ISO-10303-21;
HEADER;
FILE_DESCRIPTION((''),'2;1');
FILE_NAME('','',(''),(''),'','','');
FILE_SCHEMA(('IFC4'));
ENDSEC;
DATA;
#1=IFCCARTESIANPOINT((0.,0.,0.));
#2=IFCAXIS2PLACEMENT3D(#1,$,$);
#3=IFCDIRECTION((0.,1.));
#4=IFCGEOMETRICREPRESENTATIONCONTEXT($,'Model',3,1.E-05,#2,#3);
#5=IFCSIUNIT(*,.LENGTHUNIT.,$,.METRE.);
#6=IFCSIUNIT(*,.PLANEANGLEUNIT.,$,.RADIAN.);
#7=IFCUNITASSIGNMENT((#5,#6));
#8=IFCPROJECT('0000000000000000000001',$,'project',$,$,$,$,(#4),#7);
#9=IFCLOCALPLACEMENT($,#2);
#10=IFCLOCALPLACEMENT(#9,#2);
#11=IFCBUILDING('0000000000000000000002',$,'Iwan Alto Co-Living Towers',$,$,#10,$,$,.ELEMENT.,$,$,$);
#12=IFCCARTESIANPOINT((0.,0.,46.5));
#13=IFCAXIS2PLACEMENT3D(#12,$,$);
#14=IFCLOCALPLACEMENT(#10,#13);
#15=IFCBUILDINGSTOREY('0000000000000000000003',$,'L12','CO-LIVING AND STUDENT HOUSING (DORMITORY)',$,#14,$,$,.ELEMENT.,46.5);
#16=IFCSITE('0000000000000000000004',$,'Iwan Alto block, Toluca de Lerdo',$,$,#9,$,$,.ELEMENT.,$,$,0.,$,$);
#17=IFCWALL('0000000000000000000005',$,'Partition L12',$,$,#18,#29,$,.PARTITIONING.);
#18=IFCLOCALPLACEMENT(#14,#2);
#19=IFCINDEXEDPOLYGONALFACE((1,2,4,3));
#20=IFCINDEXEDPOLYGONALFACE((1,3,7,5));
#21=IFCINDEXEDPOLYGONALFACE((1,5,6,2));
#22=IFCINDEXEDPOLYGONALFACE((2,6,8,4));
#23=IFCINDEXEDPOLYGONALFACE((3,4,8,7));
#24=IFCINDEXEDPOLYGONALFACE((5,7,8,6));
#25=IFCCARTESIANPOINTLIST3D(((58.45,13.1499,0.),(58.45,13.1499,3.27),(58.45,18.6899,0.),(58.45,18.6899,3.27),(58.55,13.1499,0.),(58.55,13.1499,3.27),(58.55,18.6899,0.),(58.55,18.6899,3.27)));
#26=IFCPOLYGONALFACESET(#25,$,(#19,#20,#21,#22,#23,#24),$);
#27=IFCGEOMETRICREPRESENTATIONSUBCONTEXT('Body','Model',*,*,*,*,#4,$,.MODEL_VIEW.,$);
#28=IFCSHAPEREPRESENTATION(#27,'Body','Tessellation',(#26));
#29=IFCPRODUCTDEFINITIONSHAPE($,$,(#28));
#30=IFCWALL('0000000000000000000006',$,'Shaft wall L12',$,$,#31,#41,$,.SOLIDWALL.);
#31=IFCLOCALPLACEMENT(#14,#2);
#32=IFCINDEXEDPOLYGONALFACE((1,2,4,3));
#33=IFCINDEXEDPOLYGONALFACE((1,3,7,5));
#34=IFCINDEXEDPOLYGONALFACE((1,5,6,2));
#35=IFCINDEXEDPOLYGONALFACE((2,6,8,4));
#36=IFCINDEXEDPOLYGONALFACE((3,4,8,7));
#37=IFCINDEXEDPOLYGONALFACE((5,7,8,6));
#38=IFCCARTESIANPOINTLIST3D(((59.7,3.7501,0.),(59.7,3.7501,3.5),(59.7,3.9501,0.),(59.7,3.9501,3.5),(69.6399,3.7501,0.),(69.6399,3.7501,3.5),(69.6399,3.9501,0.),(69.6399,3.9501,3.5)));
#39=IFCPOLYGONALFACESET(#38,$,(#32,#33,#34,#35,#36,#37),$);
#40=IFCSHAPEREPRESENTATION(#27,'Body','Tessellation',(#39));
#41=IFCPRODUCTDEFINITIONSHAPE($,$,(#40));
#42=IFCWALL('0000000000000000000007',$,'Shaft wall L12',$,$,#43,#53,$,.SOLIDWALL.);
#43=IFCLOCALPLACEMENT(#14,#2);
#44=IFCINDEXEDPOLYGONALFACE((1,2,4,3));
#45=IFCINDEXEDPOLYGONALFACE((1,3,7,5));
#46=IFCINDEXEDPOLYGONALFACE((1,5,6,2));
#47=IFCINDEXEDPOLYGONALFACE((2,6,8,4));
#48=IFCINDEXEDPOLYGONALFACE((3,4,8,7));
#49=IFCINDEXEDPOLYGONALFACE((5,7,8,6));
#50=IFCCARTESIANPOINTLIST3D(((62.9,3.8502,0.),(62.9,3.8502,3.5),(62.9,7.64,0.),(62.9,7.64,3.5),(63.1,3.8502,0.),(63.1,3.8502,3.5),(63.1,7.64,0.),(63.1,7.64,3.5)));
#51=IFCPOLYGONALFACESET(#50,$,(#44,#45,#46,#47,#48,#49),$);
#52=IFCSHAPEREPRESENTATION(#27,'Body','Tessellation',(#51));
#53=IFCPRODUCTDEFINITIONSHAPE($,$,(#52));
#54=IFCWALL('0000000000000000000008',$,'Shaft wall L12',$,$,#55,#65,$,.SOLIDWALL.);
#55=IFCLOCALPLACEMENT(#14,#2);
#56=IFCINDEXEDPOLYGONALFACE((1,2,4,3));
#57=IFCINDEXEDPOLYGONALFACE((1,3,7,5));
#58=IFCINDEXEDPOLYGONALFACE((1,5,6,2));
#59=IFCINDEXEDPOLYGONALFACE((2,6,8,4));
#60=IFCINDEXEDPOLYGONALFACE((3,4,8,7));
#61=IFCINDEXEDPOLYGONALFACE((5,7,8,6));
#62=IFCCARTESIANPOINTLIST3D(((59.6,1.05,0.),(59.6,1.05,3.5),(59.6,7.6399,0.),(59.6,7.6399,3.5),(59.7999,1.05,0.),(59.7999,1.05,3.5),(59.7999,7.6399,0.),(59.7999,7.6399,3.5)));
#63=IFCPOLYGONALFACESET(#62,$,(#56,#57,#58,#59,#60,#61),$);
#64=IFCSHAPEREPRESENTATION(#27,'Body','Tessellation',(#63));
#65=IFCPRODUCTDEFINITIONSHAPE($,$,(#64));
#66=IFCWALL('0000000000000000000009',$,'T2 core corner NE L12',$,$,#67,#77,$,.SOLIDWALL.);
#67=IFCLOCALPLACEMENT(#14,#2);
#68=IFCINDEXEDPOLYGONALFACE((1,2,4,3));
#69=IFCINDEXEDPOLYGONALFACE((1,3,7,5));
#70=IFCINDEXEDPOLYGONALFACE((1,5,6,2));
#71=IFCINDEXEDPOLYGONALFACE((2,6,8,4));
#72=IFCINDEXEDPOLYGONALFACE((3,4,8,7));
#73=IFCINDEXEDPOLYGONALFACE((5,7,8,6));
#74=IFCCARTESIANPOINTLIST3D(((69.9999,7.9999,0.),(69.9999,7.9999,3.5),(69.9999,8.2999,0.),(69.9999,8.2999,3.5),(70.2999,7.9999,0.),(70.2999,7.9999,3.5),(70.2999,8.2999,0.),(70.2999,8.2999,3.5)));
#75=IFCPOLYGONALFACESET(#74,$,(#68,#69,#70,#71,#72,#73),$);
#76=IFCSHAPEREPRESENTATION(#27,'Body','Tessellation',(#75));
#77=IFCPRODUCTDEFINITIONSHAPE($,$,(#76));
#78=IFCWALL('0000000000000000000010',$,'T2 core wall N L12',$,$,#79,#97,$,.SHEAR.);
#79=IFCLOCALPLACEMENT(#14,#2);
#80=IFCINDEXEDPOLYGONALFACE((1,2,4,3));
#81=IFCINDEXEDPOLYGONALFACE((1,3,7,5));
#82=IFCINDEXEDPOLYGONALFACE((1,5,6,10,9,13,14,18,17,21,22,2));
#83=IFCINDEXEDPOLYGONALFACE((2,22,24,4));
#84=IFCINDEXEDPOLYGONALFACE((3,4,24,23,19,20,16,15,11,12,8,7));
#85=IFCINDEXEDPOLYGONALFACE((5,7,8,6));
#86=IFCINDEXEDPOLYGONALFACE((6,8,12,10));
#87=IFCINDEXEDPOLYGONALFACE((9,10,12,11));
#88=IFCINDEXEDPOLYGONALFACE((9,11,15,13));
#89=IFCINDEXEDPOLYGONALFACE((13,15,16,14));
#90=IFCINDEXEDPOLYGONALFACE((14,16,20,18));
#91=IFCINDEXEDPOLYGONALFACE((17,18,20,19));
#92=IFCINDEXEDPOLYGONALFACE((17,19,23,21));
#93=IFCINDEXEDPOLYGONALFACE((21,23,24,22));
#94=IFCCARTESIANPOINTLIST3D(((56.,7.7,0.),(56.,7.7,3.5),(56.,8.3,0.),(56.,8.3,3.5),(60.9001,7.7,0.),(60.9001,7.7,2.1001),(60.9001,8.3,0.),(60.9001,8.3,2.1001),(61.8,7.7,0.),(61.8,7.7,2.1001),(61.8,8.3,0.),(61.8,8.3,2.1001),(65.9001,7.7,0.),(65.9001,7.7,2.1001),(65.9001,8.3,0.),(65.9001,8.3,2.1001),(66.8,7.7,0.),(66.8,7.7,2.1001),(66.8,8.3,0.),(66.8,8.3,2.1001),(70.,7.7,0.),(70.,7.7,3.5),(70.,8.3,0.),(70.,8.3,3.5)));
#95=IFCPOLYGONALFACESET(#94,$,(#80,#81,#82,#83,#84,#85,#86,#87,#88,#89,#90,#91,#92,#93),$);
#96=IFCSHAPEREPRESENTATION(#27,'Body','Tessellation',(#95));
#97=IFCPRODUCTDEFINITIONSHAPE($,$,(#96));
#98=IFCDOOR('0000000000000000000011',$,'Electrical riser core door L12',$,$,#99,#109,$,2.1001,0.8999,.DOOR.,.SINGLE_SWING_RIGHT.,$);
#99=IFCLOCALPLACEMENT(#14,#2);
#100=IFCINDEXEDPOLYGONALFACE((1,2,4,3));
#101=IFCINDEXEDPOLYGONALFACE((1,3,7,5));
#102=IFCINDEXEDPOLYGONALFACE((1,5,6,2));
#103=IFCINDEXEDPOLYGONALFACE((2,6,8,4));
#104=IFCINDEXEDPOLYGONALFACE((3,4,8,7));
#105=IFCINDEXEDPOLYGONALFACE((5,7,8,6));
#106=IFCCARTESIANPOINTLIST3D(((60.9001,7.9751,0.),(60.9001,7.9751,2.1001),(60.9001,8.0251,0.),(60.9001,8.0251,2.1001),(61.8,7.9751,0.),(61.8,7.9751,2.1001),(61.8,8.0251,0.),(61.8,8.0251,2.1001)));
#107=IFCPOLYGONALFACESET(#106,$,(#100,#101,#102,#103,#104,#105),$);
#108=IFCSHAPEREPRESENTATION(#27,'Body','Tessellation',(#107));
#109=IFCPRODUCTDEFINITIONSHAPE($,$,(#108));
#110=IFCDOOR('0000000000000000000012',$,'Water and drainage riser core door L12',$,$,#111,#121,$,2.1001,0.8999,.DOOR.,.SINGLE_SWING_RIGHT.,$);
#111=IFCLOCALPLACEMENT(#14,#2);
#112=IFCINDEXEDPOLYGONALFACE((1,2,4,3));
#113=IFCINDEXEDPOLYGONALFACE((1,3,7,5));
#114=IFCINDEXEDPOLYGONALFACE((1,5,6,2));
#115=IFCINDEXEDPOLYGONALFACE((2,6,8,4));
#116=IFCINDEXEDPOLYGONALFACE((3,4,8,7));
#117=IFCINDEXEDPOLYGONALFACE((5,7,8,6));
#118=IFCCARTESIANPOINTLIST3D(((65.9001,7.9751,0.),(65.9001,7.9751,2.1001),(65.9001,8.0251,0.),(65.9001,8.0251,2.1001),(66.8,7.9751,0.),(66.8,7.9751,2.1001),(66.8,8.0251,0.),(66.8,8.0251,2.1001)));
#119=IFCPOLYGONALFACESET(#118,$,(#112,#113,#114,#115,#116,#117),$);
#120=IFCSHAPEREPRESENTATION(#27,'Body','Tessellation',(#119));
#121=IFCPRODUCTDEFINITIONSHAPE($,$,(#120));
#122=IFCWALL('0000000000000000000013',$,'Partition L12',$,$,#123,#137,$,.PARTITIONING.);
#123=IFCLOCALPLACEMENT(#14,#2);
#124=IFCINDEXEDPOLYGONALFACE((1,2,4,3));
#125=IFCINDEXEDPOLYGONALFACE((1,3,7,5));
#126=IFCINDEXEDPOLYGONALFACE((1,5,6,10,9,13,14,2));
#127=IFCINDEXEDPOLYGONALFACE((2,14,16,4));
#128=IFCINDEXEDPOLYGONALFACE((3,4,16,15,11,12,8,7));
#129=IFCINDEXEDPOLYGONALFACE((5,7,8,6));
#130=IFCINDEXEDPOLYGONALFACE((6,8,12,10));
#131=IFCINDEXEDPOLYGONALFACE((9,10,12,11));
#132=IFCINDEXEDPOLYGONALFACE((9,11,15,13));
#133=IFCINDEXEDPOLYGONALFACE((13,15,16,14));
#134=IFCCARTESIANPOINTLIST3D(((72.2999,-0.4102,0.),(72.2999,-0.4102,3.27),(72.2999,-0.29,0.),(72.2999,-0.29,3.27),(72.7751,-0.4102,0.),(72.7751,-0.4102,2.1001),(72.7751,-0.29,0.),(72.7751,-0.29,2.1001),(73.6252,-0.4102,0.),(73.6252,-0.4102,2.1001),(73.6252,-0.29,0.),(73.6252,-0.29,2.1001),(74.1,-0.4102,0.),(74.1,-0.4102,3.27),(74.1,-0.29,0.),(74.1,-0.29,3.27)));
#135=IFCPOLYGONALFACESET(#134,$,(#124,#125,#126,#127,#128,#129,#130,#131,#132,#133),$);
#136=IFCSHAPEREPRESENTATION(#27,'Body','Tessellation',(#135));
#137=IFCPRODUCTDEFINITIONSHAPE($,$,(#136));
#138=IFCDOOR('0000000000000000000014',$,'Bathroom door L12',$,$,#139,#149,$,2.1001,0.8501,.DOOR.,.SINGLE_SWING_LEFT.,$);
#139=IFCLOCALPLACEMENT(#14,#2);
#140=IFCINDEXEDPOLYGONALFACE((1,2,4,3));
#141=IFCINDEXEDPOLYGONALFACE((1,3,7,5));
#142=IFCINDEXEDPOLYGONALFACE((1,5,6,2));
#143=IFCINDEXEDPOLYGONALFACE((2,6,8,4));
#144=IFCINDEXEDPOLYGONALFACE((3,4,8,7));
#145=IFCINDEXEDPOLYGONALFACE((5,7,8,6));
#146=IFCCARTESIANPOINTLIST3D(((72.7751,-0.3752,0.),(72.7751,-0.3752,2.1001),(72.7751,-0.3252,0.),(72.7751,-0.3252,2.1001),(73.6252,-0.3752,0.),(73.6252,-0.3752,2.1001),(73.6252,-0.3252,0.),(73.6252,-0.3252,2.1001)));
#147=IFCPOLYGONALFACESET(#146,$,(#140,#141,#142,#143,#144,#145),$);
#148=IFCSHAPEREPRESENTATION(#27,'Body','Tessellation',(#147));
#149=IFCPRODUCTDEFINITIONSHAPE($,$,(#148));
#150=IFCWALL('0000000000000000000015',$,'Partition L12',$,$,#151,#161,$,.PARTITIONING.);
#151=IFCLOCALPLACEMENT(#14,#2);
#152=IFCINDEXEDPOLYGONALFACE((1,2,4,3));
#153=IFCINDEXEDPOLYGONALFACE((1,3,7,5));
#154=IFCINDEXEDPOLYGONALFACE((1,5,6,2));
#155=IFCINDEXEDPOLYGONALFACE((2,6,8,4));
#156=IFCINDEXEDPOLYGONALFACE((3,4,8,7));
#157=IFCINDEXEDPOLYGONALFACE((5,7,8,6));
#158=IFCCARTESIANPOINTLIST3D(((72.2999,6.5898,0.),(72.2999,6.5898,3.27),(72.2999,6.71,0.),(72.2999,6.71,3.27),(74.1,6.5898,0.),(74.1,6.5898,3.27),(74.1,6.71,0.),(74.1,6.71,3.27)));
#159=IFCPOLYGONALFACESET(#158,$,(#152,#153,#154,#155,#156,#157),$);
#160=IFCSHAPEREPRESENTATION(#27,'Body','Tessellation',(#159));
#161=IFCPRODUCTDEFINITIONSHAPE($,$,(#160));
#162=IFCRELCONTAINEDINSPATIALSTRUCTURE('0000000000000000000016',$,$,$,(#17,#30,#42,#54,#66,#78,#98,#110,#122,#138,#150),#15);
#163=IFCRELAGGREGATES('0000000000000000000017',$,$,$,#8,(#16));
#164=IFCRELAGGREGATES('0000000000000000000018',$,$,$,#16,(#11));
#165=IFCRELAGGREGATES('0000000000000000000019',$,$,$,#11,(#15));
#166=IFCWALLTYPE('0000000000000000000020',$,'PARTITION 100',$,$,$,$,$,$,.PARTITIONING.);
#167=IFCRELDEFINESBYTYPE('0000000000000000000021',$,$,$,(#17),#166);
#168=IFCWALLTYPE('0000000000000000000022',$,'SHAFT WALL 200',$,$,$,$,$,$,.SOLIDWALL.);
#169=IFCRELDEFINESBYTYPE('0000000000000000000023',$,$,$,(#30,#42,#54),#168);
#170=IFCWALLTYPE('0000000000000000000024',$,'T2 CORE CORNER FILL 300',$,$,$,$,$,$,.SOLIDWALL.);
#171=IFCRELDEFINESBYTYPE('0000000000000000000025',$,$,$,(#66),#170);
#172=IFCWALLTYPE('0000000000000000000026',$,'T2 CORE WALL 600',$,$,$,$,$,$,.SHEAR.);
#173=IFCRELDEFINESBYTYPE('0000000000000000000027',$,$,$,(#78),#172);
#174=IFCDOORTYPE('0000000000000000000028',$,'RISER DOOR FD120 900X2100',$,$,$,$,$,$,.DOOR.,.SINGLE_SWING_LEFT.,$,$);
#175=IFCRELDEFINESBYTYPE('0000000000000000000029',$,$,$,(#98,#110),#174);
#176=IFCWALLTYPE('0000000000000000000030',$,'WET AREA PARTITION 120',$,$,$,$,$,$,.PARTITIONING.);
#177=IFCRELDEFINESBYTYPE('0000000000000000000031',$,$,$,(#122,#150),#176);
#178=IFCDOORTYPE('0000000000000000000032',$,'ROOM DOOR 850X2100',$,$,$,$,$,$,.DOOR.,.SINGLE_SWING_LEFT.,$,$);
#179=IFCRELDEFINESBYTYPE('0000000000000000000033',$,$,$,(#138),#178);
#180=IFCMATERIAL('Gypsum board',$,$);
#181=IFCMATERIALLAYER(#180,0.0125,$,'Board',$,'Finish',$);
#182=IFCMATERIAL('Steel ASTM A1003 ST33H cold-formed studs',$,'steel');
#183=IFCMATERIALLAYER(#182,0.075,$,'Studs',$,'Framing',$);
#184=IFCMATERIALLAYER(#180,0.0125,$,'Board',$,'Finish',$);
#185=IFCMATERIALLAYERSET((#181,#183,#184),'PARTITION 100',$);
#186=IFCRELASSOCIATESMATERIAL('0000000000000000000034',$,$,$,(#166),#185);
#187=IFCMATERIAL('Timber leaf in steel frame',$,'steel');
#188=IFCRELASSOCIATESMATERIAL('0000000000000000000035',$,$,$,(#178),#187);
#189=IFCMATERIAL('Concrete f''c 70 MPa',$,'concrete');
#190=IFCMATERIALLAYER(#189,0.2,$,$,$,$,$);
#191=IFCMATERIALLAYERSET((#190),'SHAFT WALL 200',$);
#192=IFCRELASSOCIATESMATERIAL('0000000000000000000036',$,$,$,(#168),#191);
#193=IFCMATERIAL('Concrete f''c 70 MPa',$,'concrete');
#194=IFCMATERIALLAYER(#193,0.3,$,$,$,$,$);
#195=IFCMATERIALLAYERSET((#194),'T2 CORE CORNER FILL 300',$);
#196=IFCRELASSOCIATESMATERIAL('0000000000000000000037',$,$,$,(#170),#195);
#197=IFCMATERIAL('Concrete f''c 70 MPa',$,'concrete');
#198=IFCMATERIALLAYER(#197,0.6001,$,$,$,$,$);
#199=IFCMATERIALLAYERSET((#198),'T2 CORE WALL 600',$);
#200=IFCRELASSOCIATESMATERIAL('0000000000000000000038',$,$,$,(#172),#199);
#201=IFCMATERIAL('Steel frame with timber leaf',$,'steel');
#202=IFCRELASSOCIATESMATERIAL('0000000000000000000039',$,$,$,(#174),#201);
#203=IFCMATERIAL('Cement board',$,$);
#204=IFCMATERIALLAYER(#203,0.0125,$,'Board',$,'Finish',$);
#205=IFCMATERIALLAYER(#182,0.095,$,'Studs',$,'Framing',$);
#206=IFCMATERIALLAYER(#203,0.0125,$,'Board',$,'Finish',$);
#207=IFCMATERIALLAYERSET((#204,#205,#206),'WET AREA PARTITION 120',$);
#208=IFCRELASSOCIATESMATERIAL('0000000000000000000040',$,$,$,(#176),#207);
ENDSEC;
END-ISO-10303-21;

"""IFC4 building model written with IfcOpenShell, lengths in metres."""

from ifc_helpers import new_model, si_unit, direction, frame, frame_2d, origin, place, context, subcontext, project, spatial, rectangle, extrude, material, layer, layer_set, type_object, element, fill, save


model = new_model("IFC4")

# Units and contexts
model_context = context("Model", 3, precision=1e-05, world=origin(), true_north=direction((0.0, 1.0)))
body_context = subcontext(model_context, "Body", "Model", "MODEL_VIEW")
ifc_project = project(units=[si_unit("LENGTHUNIT", "METRE"), si_unit("PLANEANGLEUNIT", "RADIAN")], contexts=[model_context])

# Site, building, storey
site_placement = place(None, origin())
site = spatial("IfcSite", under=ifc_project, at=site_placement, Name="Iwan Alto block, Toluca de Lerdo", CompositionType="ELEMENT", RefElevation=0.0)
building_placement = place(site_placement, origin())
building = spatial("IfcBuilding", under=site, at=building_placement, Name="Iwan Alto Co-Living Towers", CompositionType="ELEMENT")
storey_placement = place(building_placement, frame((0.0, 0.0, 46.5)))
storey = spatial("IfcBuildingStorey", under=building, at=storey_placement, Name="L12", Description="CO-LIVING AND STUDENT HOUSING (DORMITORY)", CompositionType="ELEMENT", Elevation=46.5)

# Shared definitions
ifc_material_1 = material(Name="Gypsum board")
ifc_layer_1 = layer(ifc_material_1, 0.0125, Name="Board", Category="Finish")
ifc_material_2 = material(Name="Steel ASTM A1003 ST33H cold-formed studs", Category="steel")
ifc_layer_2 = layer(ifc_material_2, 0.075, Name="Studs", Category="Framing")
ifc_layer_3 = layer(ifc_material_1, 0.0125, Name="Board", Category="Finish")
ifc_layer_set_1 = layer_set([ifc_layer_1, ifc_layer_2, ifc_layer_3], Name="PARTITION 100")
wall_type_1 = type_object("IfcWallType", Name="PARTITION 100", PredefinedType="PARTITIONING", material=ifc_layer_set_1)
ifc_material_3 = material(Name="Timber leaf in steel frame", Category="steel")
door_type_1 = type_object("IfcDoorType", Name="ROOM DOOR 850X2100", OperationType="SINGLE_SWING_LEFT", PredefinedType="DOOR", material=ifc_material_3)

# Walls
wall_1_placement = place(storey_placement, frame((58.5, 13.1499, 0.0), z_axis=(0.0, 0.0, 1.0), x_axis=(0.0, 1.0, 0.0)))
element("IfcWall", 1, at=wall_1_placement, inside=storey, type_object=wall_type_1, Name="Partition L12", PredefinedType="PARTITIONING", context=body_context, shape_type="SweptSolid", body=[
    extrude(rectangle(XDim=5.54, YDim=0.1001, at=frame_2d((2.77, 0.0))), origin(), (0.0, 0.0, 1.0), 3.27),
])
ifc_material_4 = material(Name="Concrete f'c 70 MPa", Category="concrete")
ifc_layer_4 = layer(ifc_material_4, 0.2)
ifc_layer_set_2 = layer_set([ifc_layer_4], Name="SHAFT WALL 200")
wall_type_2 = type_object("IfcWallType", Name="SHAFT WALL 200", PredefinedType="SOLIDWALL", material=ifc_layer_set_2)
wall_2_placement = place(storey_placement, frame((59.7, 3.8501, 0.0), z_axis=(0.0, 0.0, 1.0), x_axis=(1.0, 0.0, 0.0)))
element("IfcWall", 2, at=wall_2_placement, inside=storey, type_object=wall_type_2, Name="Shaft wall L12", PredefinedType="SOLIDWALL", context=body_context, shape_type="SweptSolid", body=[
    extrude(rectangle(XDim=9.9399, YDim=0.2, at=frame_2d((4.97, 0.0))), origin(), (0.0, 0.0, 1.0), 3.5),
])
wall_3_placement = place(storey_placement, frame((63.0, 3.8501, 0.0), z_axis=(0.0, 0.0, 1.0), x_axis=(0.0, 1.0, 0.0)))
element("IfcWall", 3, at=wall_3_placement, inside=storey, type_object=wall_type_2, Name="Shaft wall L12", PredefinedType="SOLIDWALL", context=body_context, shape_type="SweptSolid", body=[
    extrude(rectangle(XDim=3.7898, YDim=0.2, at=frame_2d((1.895, 0.0))), origin(), (0.0, 0.0, 1.0), 3.5),
])
wall_4_placement = place(storey_placement, frame((59.7, 1.05, 0.0), z_axis=(0.0, 0.0, 1.0), x_axis=(0.0, 1.0, 0.0)))
element("IfcWall", 4, at=wall_4_placement, inside=storey, type_object=wall_type_2, Name="Shaft wall L12", PredefinedType="SOLIDWALL", context=body_context, shape_type="SweptSolid", body=[
    extrude(rectangle(XDim=6.5898, YDim=0.2, at=frame_2d((3.2949, 0.0))), origin(), (0.0, 0.0, 1.0), 3.5),
])
ifc_material_5 = material(Name="Concrete f'c 70 MPa", Category="concrete")
ifc_layer_5 = layer(ifc_material_5, 0.3)
ifc_layer_set_3 = layer_set([ifc_layer_5], Name="T2 CORE CORNER FILL 300")
wall_type_3 = type_object("IfcWallType", Name="T2 CORE CORNER FILL 300", PredefinedType="SOLIDWALL", material=ifc_layer_set_3)
wall_5_placement = place(storey_placement, frame((70.0, 8.1499, 0.0), z_axis=(0.0, 0.0, 1.0), x_axis=(1.0, 0.0, 0.0)))
element("IfcWall", 5, at=wall_5_placement, inside=storey, type_object=wall_type_3, Name="T2 core corner NE L12", PredefinedType="SOLIDWALL", context=body_context, shape_type="SweptSolid", body=[
    extrude(rectangle(XDim=0.3, YDim=0.3, at=frame_2d((0.1499, 0.0))), origin(), (0.0, 0.0, 1.0), 3.5),
])

# Wall, openings, doors
ifc_material_6 = material(Name="Concrete f'c 70 MPa", Category="concrete")
ifc_layer_6 = layer(ifc_material_6, 0.6001)
ifc_layer_set_4 = layer_set([ifc_layer_6], Name="T2 CORE WALL 600")
wall_type_4 = type_object("IfcWallType", Name="T2 CORE WALL 600", PredefinedType="SHEAR", material=ifc_layer_set_4)
wall_6_placement = place(storey_placement, frame((70.0, 8.0, 0.0), z_axis=(0.0, 0.0, 1.0), x_axis=(-1.0, 0.0, 0.0)))
wall_6 = element("IfcWall", 6, at=wall_6_placement, inside=storey, type_object=wall_type_4, Name="T2 core wall N L12", PredefinedType="SHEAR", context=body_context, shape_type="SweptSolid", body=[
    extrude(rectangle(XDim=14.0, YDim=0.6001, at=frame_2d((7.0, 0.0))), origin(), (0.0, 0.0, 1.0), 3.5),
])
opening_1_placement = place(wall_6_placement, frame((8.2, 0.0, 0.0)))
opening_1 = element("IfcOpeningElement", 7, at=opening_1_placement, cuts=wall_6, PredefinedType="OPENING", context=body_context, shape_type="SweptSolid", body=[
    extrude(rectangle(XDim=0.8999, YDim=2.1001, at=frame_2d((0.45, 1.05))), frame((0.0, 0.3101, 0.0), z_axis=(0.0, -1.0, 0.0), x_axis=(1.0, 0.0, 0.0)), (0.0, 0.0, 1.0), 0.6201),
])
opening_2_placement = place(wall_6_placement, frame((3.2, 0.0, 0.0)))
opening_2 = element("IfcOpeningElement", 8, at=opening_2_placement, cuts=wall_6, PredefinedType="OPENING", context=body_context, shape_type="SweptSolid", body=[
    extrude(rectangle(XDim=0.8999, YDim=2.1001, at=frame_2d((0.45, 1.05))), frame((0.0, 0.3101, 0.0), z_axis=(0.0, -1.0, 0.0), x_axis=(1.0, 0.0, 0.0)), (0.0, 0.0, 1.0), 0.6201),
])
ifc_material_7 = material(Name="Steel frame with timber leaf", Category="steel")
door_type_2 = type_object("IfcDoorType", Name="RISER DOOR FD120 900X2100", OperationType="SINGLE_SWING_LEFT", PredefinedType="DOOR", material=ifc_material_7)
door_1_placement = place(opening_1_placement, origin())
door_1 = element("IfcDoor", 9, at=door_1_placement, inside=storey, type_object=door_type_2, Name="Electrical riser core door L12", OperationType="SINGLE_SWING_RIGHT", OverallHeight=2.1001, OverallWidth=0.8999, PredefinedType="DOOR", context=body_context, shape_type="SweptSolid", body=[
    extrude(rectangle(XDim=0.8999, YDim=2.1001, at=frame_2d((0.45, 1.05))), frame((0.0, 0.0249, 0.0), z_axis=(0.0, -1.0, 0.0), x_axis=(1.0, 0.0, 0.0)), (0.0, 0.0, 1.0), 0.05),
])
fill(opening_1, door_1)
door_2_placement = place(opening_2_placement, origin())
door_2 = element("IfcDoor", 10, at=door_2_placement, inside=storey, type_object=door_type_2, Name="Water and drainage riser core door L12", OperationType="SINGLE_SWING_RIGHT", OverallHeight=2.1001, OverallWidth=0.8999, PredefinedType="DOOR", context=body_context, shape_type="SweptSolid", body=[
    extrude(rectangle(XDim=0.8999, YDim=2.1001, at=frame_2d((0.45, 1.05))), frame((0.0, 0.0249, 0.0), z_axis=(0.0, -1.0, 0.0), x_axis=(1.0, 0.0, 0.0)), (0.0, 0.0, 1.0), 0.05),
])
fill(opening_2, door_2)

# Wall, opening, door
ifc_material_8 = material(Name="Cement board")
ifc_layer_7 = layer(ifc_material_8, 0.0125, Name="Board", Category="Finish")
ifc_layer_8 = layer(ifc_material_2, 0.095, Name="Studs", Category="Framing")
ifc_layer_9 = layer(ifc_material_8, 0.0125, Name="Board", Category="Finish")
ifc_layer_set_5 = layer_set([ifc_layer_7, ifc_layer_8, ifc_layer_9], Name="WET AREA PARTITION 120")
wall_type_5 = type_object("IfcWallType", Name="WET AREA PARTITION 120", PredefinedType="PARTITIONING", material=ifc_layer_set_5)
wall_7_placement = place(storey_placement, frame((72.3, -0.3501, 0.0), z_axis=(0.0, 0.0, 1.0), x_axis=(1.0, 0.0, 0.0)))
wall_7 = element("IfcWall", 11, at=wall_7_placement, inside=storey, type_object=wall_type_5, Name="Partition L12", PredefinedType="PARTITIONING", context=body_context, shape_type="SweptSolid", body=[
    extrude(rectangle(XDim=1.8, YDim=0.1201, at=frame_2d((0.8999, 0.0))), origin(), (0.0, 0.0, 1.0), 3.27),
])
opening_3_placement = place(wall_7_placement, frame((0.4751, 0.0, 0.0)))
opening_3 = element("IfcOpeningElement", 12, at=opening_3_placement, cuts=wall_7, PredefinedType="OPENING", context=body_context, shape_type="SweptSolid", body=[
    extrude(rectangle(XDim=0.8501, YDim=2.1001, at=frame_2d((0.425, 1.05))), frame((0.0, 0.0701, 0.0), z_axis=(0.0, -1.0, 0.0), x_axis=(1.0, 0.0, 0.0)), (0.0, 0.0, 1.0), 0.1401),
])
door_3_placement = place(opening_3_placement, origin())
door_3 = element("IfcDoor", 13, at=door_3_placement, inside=storey, type_object=door_type_1, Name="Bathroom door L12", OperationType="SINGLE_SWING_LEFT", OverallHeight=2.1001, OverallWidth=0.8501, PredefinedType="DOOR", context=body_context, shape_type="SweptSolid", body=[
    extrude(rectangle(XDim=0.8501, YDim=2.1001, at=frame_2d((0.425, 1.05))), frame((0.0, 0.0249, 0.0), z_axis=(0.0, -1.0, 0.0), x_axis=(1.0, 0.0, 0.0)), (0.0, 0.0, 1.0), 0.05),
])
fill(opening_3, door_3)

# Wall
wall_8_placement = place(storey_placement, frame((72.3, 6.6499, 0.0), z_axis=(0.0, 0.0, 1.0), x_axis=(1.0, 0.0, 0.0)))
element("IfcWall", 14, at=wall_8_placement, inside=storey, type_object=wall_type_5, Name="Partition L12", PredefinedType="PARTITIONING", context=body_context, shape_type="SweptSolid", body=[
    extrude(rectangle(XDim=1.8, YDim=0.1201, at=frame_2d((0.8999, 0.0))), origin(), (0.0, 0.0, 1.0), 3.27),
])

save(model, "model.ifc")
